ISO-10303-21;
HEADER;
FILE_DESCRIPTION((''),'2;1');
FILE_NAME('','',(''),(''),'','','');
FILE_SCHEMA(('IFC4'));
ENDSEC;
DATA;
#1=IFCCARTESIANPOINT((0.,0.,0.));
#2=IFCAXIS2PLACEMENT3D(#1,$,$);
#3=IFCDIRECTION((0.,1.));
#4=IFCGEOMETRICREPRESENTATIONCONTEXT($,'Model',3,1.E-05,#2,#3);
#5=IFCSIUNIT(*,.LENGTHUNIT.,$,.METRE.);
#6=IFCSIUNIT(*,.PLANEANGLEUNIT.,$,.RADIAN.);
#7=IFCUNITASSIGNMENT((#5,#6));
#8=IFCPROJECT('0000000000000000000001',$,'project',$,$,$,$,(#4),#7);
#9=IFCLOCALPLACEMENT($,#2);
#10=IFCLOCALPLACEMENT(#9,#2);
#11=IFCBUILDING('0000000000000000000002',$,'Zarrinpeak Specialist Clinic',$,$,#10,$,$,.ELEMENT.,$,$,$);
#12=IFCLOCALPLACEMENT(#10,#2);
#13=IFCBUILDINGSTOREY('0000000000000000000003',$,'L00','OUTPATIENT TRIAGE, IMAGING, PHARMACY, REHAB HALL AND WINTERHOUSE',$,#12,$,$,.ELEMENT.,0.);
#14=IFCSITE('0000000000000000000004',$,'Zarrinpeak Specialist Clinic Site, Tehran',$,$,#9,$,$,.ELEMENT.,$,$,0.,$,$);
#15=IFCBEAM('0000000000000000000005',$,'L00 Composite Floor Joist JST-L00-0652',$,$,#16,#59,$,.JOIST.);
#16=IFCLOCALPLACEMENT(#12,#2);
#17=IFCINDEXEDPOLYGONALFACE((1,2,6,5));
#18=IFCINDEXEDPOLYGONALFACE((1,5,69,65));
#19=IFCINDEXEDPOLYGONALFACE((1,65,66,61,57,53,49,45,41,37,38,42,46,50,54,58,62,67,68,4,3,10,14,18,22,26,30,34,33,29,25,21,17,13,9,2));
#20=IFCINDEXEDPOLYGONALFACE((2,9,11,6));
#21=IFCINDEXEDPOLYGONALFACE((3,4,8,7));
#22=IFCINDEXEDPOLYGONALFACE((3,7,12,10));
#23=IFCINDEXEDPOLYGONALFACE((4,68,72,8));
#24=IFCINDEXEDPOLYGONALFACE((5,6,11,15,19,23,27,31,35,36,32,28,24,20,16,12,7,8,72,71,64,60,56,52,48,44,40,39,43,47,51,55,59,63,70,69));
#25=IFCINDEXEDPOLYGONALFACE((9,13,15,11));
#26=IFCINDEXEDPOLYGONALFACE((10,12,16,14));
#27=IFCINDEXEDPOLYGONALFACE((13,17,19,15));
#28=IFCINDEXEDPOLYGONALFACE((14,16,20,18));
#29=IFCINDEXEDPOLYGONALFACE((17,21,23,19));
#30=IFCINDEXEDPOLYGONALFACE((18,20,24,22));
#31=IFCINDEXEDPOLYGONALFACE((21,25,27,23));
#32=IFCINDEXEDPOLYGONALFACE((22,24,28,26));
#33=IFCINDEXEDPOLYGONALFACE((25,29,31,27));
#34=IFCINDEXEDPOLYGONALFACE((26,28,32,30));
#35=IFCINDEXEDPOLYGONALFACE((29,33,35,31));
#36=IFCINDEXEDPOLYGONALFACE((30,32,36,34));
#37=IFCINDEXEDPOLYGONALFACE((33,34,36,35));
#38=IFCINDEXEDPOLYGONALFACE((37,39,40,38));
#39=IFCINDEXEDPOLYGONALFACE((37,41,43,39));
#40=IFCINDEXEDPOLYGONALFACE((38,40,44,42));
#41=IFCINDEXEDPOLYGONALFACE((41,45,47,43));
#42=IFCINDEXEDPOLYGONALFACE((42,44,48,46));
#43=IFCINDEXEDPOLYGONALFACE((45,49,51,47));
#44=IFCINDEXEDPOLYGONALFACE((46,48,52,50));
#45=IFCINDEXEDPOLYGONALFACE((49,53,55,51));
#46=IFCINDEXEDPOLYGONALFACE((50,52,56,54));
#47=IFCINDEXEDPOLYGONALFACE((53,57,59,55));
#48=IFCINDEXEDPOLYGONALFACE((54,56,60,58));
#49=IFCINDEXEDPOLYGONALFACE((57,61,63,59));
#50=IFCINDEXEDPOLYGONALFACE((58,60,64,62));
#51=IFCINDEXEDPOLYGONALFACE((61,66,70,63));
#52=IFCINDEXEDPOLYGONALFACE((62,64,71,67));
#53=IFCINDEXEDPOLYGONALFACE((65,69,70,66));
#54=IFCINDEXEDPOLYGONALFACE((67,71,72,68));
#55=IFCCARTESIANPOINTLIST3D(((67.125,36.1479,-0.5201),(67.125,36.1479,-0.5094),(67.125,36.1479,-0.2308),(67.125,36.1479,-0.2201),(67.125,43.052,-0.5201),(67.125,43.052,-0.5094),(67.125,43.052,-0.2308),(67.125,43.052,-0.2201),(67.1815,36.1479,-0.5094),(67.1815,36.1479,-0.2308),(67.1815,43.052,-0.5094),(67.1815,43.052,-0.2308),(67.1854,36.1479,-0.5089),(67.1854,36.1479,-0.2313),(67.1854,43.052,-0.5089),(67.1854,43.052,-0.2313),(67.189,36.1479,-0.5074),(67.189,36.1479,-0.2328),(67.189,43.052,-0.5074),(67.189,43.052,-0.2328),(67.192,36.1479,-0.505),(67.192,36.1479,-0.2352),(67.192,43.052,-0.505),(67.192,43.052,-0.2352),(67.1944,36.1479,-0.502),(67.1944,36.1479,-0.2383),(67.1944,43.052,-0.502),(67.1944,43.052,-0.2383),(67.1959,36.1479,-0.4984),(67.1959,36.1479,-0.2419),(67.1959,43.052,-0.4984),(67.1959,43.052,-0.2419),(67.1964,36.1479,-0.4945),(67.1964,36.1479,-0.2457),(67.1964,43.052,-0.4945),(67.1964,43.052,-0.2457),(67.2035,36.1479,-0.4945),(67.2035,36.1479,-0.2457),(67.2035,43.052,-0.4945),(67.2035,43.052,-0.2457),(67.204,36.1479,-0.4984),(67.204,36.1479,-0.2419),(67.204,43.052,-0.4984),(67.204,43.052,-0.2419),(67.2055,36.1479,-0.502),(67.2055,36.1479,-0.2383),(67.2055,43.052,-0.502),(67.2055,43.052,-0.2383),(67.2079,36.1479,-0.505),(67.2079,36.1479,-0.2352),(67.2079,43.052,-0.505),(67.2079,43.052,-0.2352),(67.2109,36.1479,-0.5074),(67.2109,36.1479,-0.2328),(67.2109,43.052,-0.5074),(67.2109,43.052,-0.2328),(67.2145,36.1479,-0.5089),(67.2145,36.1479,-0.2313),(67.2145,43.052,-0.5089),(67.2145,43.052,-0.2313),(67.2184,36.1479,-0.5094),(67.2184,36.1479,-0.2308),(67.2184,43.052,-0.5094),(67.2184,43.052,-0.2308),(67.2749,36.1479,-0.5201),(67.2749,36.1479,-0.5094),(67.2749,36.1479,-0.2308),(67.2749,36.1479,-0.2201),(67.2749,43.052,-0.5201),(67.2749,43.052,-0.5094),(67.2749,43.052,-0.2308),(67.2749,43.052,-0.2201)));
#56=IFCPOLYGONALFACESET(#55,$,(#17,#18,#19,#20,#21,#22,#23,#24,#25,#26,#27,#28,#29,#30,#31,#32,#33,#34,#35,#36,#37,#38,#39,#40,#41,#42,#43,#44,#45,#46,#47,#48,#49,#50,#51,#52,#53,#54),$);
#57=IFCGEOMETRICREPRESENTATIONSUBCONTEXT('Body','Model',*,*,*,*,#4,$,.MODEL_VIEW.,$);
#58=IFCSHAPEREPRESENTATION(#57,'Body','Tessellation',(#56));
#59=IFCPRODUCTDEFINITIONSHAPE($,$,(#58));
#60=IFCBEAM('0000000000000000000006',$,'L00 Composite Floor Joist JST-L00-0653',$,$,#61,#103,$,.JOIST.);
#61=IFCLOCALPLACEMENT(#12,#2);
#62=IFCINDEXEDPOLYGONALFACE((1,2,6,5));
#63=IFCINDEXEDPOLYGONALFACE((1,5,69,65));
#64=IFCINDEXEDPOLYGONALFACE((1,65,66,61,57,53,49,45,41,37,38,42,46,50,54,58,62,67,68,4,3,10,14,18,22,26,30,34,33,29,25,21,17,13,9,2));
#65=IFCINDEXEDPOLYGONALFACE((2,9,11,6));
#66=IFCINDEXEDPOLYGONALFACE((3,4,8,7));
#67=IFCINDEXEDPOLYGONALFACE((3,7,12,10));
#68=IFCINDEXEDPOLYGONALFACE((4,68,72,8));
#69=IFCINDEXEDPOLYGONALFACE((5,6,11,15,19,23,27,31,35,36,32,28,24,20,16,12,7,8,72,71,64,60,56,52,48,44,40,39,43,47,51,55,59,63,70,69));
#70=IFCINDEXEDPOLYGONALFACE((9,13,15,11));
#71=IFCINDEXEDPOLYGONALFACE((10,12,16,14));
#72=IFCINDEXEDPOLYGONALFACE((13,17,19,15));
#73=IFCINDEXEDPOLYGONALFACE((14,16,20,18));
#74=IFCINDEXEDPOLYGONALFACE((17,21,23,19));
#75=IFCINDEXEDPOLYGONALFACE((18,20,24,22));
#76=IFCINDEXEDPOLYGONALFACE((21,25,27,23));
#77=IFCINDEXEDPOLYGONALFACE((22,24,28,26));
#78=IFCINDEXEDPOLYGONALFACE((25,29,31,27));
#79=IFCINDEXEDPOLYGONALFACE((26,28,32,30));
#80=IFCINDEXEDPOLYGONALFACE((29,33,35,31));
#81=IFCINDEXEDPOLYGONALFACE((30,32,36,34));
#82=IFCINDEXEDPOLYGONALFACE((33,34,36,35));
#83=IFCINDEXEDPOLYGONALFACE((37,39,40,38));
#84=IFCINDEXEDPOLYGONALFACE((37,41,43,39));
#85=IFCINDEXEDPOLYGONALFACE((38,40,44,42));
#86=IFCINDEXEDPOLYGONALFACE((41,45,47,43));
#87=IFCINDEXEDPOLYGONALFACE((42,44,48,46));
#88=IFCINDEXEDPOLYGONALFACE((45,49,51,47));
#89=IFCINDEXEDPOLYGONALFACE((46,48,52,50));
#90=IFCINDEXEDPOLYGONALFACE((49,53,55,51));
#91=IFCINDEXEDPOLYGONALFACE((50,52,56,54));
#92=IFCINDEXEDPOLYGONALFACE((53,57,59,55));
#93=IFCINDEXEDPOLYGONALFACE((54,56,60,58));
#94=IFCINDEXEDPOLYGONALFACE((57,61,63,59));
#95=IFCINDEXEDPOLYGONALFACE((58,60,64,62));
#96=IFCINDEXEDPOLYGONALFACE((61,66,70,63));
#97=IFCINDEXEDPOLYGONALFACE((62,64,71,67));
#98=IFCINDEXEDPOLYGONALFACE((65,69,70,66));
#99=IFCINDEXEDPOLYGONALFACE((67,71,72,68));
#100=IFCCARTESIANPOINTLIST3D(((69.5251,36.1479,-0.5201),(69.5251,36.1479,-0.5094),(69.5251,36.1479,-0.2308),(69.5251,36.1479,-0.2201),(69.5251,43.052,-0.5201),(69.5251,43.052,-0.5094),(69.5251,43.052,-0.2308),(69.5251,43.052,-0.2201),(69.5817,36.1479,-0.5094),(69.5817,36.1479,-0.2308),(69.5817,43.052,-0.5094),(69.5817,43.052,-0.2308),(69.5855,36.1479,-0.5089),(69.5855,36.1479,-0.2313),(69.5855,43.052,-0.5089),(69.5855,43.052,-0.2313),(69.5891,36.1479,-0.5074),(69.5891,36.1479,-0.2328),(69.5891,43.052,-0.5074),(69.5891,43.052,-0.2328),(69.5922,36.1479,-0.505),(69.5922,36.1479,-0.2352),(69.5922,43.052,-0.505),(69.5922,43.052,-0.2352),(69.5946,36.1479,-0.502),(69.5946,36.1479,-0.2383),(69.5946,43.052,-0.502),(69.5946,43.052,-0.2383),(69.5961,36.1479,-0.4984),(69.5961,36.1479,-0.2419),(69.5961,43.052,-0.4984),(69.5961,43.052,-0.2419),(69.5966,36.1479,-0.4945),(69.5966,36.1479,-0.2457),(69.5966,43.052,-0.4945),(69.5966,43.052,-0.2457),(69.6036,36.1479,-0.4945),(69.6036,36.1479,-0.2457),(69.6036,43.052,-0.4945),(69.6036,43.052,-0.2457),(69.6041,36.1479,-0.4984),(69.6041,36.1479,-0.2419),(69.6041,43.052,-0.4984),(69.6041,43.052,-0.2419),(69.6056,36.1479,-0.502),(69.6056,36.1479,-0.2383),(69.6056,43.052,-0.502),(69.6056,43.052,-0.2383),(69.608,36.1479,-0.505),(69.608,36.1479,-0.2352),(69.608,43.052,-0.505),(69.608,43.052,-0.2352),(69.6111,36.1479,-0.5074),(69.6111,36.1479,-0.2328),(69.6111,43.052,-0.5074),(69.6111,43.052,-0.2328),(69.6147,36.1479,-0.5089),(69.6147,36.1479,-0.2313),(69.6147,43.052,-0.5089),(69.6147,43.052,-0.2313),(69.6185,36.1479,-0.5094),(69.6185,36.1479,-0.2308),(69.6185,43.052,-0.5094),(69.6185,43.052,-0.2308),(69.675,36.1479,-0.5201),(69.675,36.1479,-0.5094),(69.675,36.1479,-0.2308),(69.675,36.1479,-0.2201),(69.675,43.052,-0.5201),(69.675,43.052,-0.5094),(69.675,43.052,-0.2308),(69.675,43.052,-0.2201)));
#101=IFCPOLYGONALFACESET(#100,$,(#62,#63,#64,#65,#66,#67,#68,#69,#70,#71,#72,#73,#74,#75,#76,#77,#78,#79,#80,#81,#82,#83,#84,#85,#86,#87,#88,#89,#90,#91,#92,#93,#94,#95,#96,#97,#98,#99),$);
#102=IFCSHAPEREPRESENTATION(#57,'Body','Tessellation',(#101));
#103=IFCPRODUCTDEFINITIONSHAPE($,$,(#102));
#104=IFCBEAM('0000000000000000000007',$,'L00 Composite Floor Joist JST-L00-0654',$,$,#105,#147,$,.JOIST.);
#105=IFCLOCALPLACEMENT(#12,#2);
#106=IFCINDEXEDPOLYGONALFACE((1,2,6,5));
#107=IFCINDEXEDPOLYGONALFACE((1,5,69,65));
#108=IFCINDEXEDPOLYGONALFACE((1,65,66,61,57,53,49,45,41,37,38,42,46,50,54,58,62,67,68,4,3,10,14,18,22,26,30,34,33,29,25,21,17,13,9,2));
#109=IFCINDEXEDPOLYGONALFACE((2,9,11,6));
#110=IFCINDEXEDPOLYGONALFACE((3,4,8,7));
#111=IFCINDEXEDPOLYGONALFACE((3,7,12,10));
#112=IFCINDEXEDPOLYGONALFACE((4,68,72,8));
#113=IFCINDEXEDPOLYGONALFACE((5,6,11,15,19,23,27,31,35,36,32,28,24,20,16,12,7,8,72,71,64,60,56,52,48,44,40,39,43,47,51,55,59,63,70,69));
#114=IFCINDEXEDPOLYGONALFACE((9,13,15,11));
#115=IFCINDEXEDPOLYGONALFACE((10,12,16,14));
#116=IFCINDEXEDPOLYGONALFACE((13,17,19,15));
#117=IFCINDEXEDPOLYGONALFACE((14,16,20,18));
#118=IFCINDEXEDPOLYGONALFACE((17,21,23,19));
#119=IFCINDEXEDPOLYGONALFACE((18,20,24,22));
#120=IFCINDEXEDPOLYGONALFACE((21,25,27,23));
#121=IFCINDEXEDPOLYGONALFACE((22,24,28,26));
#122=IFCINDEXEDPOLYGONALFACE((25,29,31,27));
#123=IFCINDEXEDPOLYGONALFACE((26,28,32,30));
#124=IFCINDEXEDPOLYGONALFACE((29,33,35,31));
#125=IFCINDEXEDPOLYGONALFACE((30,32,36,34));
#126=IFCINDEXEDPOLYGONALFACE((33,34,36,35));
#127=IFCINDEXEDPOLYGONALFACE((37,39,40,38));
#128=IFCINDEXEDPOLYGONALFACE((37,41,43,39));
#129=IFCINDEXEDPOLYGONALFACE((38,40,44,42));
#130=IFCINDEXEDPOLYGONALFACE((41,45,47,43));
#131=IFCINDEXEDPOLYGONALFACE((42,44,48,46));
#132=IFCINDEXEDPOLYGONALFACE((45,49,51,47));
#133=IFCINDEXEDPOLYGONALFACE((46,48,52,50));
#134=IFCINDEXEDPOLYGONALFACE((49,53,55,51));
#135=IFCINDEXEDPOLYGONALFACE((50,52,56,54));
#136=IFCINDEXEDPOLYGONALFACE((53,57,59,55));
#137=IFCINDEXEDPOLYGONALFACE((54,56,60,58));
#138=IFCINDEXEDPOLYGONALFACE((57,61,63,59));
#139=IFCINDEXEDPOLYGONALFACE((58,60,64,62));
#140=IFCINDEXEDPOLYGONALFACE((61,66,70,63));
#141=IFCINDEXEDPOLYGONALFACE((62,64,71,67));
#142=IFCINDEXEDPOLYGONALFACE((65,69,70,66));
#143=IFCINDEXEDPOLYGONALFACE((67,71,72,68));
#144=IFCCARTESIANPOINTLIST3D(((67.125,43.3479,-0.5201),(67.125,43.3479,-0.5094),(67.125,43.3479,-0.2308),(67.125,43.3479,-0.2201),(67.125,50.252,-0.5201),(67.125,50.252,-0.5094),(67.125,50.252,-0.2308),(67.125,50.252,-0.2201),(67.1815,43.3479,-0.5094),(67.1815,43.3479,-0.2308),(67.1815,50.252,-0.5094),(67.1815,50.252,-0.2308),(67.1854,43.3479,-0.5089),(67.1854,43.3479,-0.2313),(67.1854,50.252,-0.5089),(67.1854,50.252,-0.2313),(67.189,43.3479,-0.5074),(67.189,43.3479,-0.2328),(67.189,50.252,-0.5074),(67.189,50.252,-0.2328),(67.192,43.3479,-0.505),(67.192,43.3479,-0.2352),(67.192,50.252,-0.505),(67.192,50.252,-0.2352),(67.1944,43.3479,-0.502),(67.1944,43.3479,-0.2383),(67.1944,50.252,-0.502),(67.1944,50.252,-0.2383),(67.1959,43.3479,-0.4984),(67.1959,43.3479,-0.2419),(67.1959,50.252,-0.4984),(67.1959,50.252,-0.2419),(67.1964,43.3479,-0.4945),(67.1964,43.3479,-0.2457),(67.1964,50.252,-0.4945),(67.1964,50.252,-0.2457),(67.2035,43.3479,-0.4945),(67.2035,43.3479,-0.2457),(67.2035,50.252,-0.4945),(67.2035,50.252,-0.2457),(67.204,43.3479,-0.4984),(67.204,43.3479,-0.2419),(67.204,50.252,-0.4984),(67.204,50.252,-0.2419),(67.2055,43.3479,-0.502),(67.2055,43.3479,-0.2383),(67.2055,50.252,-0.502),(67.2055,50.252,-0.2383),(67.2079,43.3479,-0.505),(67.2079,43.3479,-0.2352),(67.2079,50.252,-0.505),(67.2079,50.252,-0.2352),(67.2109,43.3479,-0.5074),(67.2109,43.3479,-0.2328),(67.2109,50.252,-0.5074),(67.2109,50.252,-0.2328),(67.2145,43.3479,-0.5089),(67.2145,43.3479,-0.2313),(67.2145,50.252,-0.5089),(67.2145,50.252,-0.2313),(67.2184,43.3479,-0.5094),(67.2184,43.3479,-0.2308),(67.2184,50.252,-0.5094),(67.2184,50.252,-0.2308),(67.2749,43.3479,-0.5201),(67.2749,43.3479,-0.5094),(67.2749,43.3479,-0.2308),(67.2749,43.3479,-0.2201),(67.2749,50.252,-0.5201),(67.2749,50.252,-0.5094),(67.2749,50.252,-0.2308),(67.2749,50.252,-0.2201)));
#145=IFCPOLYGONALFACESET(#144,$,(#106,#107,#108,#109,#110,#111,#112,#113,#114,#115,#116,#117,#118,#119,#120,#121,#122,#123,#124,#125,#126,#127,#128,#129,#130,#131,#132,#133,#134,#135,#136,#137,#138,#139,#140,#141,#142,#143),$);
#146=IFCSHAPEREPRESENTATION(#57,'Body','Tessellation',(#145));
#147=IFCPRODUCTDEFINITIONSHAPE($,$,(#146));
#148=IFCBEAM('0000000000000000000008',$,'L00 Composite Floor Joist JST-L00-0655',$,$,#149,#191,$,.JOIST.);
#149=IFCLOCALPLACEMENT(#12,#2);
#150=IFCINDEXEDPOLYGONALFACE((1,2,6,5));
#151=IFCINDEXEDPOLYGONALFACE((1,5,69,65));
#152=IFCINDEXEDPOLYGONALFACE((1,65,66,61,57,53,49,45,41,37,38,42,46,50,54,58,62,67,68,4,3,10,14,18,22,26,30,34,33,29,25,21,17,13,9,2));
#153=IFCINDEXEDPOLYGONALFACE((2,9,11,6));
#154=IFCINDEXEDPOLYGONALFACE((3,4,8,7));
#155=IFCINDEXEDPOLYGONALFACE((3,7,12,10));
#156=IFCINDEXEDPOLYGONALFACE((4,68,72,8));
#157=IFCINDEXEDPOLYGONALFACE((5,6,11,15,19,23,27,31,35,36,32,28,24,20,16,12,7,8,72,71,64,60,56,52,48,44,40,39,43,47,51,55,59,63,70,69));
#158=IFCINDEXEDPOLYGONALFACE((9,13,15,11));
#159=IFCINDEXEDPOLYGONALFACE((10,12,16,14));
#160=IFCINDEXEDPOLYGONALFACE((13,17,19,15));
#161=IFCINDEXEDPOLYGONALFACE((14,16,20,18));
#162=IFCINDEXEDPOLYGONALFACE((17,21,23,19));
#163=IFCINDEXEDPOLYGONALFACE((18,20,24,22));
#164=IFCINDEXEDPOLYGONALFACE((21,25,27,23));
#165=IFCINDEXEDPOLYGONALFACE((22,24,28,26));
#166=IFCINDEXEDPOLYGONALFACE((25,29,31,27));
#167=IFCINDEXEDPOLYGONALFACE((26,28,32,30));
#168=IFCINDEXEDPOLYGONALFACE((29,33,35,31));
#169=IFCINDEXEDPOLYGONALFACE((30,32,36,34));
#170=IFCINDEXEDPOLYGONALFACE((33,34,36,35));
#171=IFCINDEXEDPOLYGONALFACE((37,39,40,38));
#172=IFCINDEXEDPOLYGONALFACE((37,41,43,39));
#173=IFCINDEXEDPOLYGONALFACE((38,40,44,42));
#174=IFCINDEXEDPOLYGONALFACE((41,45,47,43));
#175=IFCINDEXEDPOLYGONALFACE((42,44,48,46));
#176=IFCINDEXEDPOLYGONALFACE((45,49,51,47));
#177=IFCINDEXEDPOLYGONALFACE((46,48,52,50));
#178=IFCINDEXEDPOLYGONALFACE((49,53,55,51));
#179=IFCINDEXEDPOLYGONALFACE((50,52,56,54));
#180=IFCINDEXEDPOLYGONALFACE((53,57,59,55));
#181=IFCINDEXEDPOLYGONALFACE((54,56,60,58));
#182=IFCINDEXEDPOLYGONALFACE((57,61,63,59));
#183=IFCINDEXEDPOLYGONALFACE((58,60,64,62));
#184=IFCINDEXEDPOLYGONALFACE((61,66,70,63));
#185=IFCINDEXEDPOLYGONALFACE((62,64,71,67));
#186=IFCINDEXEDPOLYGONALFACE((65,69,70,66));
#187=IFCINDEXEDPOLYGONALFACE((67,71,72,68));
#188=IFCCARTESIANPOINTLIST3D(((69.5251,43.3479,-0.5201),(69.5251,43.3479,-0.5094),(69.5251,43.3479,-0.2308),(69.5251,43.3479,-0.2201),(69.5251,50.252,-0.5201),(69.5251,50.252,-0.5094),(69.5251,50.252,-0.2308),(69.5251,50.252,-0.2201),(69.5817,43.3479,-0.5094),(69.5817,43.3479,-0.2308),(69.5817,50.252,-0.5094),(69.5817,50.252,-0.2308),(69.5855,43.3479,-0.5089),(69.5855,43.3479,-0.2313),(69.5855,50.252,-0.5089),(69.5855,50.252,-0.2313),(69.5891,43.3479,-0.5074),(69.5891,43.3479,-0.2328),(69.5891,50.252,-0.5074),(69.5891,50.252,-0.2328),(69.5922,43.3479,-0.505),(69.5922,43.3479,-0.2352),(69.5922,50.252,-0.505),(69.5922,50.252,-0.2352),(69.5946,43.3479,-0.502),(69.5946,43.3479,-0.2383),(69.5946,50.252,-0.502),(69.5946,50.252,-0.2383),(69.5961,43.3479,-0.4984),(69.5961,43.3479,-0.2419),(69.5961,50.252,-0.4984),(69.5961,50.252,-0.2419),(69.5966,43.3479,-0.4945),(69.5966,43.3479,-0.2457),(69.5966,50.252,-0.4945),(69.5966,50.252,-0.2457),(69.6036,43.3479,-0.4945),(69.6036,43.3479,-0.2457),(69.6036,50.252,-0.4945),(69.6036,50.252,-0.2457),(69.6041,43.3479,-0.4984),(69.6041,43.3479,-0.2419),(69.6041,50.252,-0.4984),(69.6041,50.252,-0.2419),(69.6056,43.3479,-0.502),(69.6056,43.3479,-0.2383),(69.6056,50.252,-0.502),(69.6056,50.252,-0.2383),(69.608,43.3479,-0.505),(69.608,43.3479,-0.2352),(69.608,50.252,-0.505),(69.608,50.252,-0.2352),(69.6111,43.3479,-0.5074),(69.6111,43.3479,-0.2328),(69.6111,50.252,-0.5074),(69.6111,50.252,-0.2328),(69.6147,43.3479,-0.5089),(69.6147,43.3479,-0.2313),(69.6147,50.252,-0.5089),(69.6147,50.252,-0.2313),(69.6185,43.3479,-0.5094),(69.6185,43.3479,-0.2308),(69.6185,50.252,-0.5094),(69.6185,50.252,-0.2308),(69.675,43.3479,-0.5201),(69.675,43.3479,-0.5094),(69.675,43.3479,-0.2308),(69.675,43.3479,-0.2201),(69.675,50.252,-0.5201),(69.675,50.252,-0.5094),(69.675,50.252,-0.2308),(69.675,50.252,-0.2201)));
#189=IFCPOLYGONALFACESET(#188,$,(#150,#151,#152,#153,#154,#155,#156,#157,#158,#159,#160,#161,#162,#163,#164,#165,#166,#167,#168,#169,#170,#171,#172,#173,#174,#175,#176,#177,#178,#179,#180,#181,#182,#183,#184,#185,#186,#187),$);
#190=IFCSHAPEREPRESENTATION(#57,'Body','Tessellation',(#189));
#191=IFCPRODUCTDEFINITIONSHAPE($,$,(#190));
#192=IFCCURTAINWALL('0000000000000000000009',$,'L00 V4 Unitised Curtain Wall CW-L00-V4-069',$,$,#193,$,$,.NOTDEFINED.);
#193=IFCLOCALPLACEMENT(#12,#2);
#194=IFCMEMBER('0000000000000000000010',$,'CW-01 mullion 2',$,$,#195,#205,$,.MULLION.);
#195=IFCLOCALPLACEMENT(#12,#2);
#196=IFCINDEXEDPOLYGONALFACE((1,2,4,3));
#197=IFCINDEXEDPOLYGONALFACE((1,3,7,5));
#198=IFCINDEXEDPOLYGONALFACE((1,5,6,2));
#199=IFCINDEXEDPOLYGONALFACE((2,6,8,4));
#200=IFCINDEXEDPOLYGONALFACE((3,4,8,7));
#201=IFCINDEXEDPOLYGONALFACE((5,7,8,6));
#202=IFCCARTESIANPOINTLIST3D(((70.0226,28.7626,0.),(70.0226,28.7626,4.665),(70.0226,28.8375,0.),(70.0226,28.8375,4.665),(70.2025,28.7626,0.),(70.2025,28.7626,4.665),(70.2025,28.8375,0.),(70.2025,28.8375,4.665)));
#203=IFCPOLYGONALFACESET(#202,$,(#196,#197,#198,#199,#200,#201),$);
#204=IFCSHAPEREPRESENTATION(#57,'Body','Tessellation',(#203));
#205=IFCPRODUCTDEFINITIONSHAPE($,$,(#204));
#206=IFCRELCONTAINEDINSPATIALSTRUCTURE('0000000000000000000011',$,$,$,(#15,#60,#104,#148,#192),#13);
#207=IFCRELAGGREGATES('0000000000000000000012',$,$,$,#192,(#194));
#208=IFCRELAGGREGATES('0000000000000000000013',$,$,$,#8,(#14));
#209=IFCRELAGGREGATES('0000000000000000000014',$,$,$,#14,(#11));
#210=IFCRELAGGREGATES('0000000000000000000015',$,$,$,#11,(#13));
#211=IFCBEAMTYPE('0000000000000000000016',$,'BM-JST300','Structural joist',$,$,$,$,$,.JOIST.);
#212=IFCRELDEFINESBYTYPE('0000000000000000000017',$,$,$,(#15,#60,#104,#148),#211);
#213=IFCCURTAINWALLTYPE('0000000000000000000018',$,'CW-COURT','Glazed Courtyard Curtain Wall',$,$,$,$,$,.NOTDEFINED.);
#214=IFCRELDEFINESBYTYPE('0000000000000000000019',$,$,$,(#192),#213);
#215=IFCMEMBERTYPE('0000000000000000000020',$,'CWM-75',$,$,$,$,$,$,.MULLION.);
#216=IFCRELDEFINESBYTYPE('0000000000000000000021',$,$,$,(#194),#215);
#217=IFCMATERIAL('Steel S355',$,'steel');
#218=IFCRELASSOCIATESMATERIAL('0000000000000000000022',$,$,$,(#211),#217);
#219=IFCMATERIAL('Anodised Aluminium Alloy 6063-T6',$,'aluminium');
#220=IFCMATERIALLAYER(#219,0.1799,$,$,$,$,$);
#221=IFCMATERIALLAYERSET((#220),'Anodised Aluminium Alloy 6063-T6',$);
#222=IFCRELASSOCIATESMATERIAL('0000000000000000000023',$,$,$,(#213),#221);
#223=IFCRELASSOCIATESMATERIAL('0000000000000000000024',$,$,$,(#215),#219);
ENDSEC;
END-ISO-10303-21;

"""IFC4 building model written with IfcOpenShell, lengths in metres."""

from ifc_helpers import new_model, si_unit, direction, frame, origin, origin_2d, place, context, subcontext, project, spatial, rectangle, i_section, extrude, material, layer, layer_set, material_profile, profile_set, type_object, element, aggregate, save


model = new_model("IFC4")

# Units and contexts
model_context = context("Model", 3, precision=1e-05, world=origin(), true_north=direction((0.0, 1.0)))
body_context = subcontext(model_context, "Body", "Model", "MODEL_VIEW")
ifc_project = project(units=[si_unit("LENGTHUNIT", "METRE"), si_unit("PLANEANGLEUNIT", "RADIAN")], contexts=[model_context])

# Site, building, storey
site_placement = place(None, origin())
site = spatial("IfcSite", under=ifc_project, at=site_placement, Name="Zarrinpeak Specialist Clinic Site, Tehran", CompositionType="ELEMENT", RefElevation=0.0)
building_placement = place(site_placement, origin())
building = spatial("IfcBuilding", under=site, at=building_placement, Name="Zarrinpeak Specialist Clinic", CompositionType="ELEMENT")
storey_placement = place(building_placement, origin())
storey = spatial("IfcBuildingStorey", under=building, at=storey_placement, Name="L00", Description="OUTPATIENT TRIAGE, IMAGING, PHARMACY, REHAB HALL AND WINTERHOUSE", CompositionType="ELEMENT", Elevation=0.0)

# Beams
ifc_material_1 = material(Name="Steel S355", Category="steel")
ifc_material_profile_1 = material_profile(ifc_material_1, i_section(OverallWidth=0.1499, OverallDepth=0.3, WebThickness=0.0071, FlangeThickness=0.0107, FilletRadius=0.0149, at=origin_2d()), Name="IPE 300")
ifc_profile_set_1 = profile_set([ifc_material_profile_1], Name="Steel S355")
beam_type = type_object("IfcBeamType", Name="BM-JST300", Description="Structural joist", PredefinedType="JOIST", material=ifc_profile_set_1)
for number, where, z_axis, x_axis, name in (
    (1, (67.2, 36.1479, -0.3701), (0.0, 1.0, 0.0), (-1.0, 0.0, 0.0), "L00 Composite Floor Joist JST-L00-0652"),
    (2, (69.6001, 36.1479, -0.3701), (0.0, 1.0, 0.0), (-1.0, 0.0, 0.0), "L00 Composite Floor Joist JST-L00-0653"),
    (3, (67.2, 43.3479, -0.3701), (0.0, 1.0, 0.0), (-1.0, 0.0, 0.0), "L00 Composite Floor Joist JST-L00-0654"),
    (4, (69.6001, 43.3479, -0.3701), (0.0, 1.0, 0.0), (-1.0, 0.0, 0.0), "L00 Composite Floor Joist JST-L00-0655"),
):
    element("IfcBeam", number, at=place(storey_placement, frame(where, z_axis=z_axis, x_axis=x_axis)), inside=storey, type_object=beam_type, Name=name, PredefinedType="JOIST", context=body_context, shape_type="SweptSolid", body=[
        extrude(i_section(OverallWidth=0.1499, OverallDepth=0.3, WebThickness=0.0071, FlangeThickness=0.0107, FilletRadius=0.0149, at=origin_2d()), origin(), (0.0, 0.0, 1.0), 6.9041),
    ])

# Curtain wall, member
ifc_material_2 = material(Name="Anodised Aluminium Alloy 6063-T6", Category="aluminium")
ifc_layer_1 = layer(ifc_material_2, 0.1799)
ifc_layer_set_1 = layer_set([ifc_layer_1], Name="Anodised Aluminium Alloy 6063-T6")
curtain_wall_type = type_object("IfcCurtainWallType", Name="CW-COURT", Description="Glazed Courtyard Curtain Wall", PredefinedType="NOTDEFINED", material=ifc_layer_set_1)
curtain_wall_placement = place(storey_placement, origin())
curtain_wall = element("IfcCurtainWall", 5, at=curtain_wall_placement, inside=storey, type_object=curtain_wall_type, Name="L00 V4 Unitised Curtain Wall CW-L00-V4-069", PredefinedType="NOTDEFINED")
ifc_material_profile_2 = material_profile(ifc_material_2, rectangle(XDim=0.075, YDim=0.1799, at=origin_2d()), Name="ALU 75x180")
ifc_profile_set_2 = profile_set([ifc_material_profile_2], Name="Anodised Aluminium Alloy 6063-T6")
member_type_1 = type_object("IfcMemberType", Name="CWM-75", PredefinedType="MULLION", material=ifc_profile_set_2)
member_1_placement = place(storey_placement, frame((70.1125, 28.8, 0.0), z_axis=(0.0, 0.0, 1.0), x_axis=(0.0, -1.0, 0.0)))
member_1 = element("IfcMember", 6, at=member_1_placement, type_object=member_type_1, Name="CW-01 mullion 2", PredefinedType="MULLION", context=body_context, shape_type="SweptSolid", body=[
    extrude(rectangle(XDim=0.075, YDim=0.1799, at=origin_2d()), origin(), (0.0, 0.0, 1.0), 4.665),
])
aggregate(curtain_wall, [member_1])

save(model, "model.ifc")
